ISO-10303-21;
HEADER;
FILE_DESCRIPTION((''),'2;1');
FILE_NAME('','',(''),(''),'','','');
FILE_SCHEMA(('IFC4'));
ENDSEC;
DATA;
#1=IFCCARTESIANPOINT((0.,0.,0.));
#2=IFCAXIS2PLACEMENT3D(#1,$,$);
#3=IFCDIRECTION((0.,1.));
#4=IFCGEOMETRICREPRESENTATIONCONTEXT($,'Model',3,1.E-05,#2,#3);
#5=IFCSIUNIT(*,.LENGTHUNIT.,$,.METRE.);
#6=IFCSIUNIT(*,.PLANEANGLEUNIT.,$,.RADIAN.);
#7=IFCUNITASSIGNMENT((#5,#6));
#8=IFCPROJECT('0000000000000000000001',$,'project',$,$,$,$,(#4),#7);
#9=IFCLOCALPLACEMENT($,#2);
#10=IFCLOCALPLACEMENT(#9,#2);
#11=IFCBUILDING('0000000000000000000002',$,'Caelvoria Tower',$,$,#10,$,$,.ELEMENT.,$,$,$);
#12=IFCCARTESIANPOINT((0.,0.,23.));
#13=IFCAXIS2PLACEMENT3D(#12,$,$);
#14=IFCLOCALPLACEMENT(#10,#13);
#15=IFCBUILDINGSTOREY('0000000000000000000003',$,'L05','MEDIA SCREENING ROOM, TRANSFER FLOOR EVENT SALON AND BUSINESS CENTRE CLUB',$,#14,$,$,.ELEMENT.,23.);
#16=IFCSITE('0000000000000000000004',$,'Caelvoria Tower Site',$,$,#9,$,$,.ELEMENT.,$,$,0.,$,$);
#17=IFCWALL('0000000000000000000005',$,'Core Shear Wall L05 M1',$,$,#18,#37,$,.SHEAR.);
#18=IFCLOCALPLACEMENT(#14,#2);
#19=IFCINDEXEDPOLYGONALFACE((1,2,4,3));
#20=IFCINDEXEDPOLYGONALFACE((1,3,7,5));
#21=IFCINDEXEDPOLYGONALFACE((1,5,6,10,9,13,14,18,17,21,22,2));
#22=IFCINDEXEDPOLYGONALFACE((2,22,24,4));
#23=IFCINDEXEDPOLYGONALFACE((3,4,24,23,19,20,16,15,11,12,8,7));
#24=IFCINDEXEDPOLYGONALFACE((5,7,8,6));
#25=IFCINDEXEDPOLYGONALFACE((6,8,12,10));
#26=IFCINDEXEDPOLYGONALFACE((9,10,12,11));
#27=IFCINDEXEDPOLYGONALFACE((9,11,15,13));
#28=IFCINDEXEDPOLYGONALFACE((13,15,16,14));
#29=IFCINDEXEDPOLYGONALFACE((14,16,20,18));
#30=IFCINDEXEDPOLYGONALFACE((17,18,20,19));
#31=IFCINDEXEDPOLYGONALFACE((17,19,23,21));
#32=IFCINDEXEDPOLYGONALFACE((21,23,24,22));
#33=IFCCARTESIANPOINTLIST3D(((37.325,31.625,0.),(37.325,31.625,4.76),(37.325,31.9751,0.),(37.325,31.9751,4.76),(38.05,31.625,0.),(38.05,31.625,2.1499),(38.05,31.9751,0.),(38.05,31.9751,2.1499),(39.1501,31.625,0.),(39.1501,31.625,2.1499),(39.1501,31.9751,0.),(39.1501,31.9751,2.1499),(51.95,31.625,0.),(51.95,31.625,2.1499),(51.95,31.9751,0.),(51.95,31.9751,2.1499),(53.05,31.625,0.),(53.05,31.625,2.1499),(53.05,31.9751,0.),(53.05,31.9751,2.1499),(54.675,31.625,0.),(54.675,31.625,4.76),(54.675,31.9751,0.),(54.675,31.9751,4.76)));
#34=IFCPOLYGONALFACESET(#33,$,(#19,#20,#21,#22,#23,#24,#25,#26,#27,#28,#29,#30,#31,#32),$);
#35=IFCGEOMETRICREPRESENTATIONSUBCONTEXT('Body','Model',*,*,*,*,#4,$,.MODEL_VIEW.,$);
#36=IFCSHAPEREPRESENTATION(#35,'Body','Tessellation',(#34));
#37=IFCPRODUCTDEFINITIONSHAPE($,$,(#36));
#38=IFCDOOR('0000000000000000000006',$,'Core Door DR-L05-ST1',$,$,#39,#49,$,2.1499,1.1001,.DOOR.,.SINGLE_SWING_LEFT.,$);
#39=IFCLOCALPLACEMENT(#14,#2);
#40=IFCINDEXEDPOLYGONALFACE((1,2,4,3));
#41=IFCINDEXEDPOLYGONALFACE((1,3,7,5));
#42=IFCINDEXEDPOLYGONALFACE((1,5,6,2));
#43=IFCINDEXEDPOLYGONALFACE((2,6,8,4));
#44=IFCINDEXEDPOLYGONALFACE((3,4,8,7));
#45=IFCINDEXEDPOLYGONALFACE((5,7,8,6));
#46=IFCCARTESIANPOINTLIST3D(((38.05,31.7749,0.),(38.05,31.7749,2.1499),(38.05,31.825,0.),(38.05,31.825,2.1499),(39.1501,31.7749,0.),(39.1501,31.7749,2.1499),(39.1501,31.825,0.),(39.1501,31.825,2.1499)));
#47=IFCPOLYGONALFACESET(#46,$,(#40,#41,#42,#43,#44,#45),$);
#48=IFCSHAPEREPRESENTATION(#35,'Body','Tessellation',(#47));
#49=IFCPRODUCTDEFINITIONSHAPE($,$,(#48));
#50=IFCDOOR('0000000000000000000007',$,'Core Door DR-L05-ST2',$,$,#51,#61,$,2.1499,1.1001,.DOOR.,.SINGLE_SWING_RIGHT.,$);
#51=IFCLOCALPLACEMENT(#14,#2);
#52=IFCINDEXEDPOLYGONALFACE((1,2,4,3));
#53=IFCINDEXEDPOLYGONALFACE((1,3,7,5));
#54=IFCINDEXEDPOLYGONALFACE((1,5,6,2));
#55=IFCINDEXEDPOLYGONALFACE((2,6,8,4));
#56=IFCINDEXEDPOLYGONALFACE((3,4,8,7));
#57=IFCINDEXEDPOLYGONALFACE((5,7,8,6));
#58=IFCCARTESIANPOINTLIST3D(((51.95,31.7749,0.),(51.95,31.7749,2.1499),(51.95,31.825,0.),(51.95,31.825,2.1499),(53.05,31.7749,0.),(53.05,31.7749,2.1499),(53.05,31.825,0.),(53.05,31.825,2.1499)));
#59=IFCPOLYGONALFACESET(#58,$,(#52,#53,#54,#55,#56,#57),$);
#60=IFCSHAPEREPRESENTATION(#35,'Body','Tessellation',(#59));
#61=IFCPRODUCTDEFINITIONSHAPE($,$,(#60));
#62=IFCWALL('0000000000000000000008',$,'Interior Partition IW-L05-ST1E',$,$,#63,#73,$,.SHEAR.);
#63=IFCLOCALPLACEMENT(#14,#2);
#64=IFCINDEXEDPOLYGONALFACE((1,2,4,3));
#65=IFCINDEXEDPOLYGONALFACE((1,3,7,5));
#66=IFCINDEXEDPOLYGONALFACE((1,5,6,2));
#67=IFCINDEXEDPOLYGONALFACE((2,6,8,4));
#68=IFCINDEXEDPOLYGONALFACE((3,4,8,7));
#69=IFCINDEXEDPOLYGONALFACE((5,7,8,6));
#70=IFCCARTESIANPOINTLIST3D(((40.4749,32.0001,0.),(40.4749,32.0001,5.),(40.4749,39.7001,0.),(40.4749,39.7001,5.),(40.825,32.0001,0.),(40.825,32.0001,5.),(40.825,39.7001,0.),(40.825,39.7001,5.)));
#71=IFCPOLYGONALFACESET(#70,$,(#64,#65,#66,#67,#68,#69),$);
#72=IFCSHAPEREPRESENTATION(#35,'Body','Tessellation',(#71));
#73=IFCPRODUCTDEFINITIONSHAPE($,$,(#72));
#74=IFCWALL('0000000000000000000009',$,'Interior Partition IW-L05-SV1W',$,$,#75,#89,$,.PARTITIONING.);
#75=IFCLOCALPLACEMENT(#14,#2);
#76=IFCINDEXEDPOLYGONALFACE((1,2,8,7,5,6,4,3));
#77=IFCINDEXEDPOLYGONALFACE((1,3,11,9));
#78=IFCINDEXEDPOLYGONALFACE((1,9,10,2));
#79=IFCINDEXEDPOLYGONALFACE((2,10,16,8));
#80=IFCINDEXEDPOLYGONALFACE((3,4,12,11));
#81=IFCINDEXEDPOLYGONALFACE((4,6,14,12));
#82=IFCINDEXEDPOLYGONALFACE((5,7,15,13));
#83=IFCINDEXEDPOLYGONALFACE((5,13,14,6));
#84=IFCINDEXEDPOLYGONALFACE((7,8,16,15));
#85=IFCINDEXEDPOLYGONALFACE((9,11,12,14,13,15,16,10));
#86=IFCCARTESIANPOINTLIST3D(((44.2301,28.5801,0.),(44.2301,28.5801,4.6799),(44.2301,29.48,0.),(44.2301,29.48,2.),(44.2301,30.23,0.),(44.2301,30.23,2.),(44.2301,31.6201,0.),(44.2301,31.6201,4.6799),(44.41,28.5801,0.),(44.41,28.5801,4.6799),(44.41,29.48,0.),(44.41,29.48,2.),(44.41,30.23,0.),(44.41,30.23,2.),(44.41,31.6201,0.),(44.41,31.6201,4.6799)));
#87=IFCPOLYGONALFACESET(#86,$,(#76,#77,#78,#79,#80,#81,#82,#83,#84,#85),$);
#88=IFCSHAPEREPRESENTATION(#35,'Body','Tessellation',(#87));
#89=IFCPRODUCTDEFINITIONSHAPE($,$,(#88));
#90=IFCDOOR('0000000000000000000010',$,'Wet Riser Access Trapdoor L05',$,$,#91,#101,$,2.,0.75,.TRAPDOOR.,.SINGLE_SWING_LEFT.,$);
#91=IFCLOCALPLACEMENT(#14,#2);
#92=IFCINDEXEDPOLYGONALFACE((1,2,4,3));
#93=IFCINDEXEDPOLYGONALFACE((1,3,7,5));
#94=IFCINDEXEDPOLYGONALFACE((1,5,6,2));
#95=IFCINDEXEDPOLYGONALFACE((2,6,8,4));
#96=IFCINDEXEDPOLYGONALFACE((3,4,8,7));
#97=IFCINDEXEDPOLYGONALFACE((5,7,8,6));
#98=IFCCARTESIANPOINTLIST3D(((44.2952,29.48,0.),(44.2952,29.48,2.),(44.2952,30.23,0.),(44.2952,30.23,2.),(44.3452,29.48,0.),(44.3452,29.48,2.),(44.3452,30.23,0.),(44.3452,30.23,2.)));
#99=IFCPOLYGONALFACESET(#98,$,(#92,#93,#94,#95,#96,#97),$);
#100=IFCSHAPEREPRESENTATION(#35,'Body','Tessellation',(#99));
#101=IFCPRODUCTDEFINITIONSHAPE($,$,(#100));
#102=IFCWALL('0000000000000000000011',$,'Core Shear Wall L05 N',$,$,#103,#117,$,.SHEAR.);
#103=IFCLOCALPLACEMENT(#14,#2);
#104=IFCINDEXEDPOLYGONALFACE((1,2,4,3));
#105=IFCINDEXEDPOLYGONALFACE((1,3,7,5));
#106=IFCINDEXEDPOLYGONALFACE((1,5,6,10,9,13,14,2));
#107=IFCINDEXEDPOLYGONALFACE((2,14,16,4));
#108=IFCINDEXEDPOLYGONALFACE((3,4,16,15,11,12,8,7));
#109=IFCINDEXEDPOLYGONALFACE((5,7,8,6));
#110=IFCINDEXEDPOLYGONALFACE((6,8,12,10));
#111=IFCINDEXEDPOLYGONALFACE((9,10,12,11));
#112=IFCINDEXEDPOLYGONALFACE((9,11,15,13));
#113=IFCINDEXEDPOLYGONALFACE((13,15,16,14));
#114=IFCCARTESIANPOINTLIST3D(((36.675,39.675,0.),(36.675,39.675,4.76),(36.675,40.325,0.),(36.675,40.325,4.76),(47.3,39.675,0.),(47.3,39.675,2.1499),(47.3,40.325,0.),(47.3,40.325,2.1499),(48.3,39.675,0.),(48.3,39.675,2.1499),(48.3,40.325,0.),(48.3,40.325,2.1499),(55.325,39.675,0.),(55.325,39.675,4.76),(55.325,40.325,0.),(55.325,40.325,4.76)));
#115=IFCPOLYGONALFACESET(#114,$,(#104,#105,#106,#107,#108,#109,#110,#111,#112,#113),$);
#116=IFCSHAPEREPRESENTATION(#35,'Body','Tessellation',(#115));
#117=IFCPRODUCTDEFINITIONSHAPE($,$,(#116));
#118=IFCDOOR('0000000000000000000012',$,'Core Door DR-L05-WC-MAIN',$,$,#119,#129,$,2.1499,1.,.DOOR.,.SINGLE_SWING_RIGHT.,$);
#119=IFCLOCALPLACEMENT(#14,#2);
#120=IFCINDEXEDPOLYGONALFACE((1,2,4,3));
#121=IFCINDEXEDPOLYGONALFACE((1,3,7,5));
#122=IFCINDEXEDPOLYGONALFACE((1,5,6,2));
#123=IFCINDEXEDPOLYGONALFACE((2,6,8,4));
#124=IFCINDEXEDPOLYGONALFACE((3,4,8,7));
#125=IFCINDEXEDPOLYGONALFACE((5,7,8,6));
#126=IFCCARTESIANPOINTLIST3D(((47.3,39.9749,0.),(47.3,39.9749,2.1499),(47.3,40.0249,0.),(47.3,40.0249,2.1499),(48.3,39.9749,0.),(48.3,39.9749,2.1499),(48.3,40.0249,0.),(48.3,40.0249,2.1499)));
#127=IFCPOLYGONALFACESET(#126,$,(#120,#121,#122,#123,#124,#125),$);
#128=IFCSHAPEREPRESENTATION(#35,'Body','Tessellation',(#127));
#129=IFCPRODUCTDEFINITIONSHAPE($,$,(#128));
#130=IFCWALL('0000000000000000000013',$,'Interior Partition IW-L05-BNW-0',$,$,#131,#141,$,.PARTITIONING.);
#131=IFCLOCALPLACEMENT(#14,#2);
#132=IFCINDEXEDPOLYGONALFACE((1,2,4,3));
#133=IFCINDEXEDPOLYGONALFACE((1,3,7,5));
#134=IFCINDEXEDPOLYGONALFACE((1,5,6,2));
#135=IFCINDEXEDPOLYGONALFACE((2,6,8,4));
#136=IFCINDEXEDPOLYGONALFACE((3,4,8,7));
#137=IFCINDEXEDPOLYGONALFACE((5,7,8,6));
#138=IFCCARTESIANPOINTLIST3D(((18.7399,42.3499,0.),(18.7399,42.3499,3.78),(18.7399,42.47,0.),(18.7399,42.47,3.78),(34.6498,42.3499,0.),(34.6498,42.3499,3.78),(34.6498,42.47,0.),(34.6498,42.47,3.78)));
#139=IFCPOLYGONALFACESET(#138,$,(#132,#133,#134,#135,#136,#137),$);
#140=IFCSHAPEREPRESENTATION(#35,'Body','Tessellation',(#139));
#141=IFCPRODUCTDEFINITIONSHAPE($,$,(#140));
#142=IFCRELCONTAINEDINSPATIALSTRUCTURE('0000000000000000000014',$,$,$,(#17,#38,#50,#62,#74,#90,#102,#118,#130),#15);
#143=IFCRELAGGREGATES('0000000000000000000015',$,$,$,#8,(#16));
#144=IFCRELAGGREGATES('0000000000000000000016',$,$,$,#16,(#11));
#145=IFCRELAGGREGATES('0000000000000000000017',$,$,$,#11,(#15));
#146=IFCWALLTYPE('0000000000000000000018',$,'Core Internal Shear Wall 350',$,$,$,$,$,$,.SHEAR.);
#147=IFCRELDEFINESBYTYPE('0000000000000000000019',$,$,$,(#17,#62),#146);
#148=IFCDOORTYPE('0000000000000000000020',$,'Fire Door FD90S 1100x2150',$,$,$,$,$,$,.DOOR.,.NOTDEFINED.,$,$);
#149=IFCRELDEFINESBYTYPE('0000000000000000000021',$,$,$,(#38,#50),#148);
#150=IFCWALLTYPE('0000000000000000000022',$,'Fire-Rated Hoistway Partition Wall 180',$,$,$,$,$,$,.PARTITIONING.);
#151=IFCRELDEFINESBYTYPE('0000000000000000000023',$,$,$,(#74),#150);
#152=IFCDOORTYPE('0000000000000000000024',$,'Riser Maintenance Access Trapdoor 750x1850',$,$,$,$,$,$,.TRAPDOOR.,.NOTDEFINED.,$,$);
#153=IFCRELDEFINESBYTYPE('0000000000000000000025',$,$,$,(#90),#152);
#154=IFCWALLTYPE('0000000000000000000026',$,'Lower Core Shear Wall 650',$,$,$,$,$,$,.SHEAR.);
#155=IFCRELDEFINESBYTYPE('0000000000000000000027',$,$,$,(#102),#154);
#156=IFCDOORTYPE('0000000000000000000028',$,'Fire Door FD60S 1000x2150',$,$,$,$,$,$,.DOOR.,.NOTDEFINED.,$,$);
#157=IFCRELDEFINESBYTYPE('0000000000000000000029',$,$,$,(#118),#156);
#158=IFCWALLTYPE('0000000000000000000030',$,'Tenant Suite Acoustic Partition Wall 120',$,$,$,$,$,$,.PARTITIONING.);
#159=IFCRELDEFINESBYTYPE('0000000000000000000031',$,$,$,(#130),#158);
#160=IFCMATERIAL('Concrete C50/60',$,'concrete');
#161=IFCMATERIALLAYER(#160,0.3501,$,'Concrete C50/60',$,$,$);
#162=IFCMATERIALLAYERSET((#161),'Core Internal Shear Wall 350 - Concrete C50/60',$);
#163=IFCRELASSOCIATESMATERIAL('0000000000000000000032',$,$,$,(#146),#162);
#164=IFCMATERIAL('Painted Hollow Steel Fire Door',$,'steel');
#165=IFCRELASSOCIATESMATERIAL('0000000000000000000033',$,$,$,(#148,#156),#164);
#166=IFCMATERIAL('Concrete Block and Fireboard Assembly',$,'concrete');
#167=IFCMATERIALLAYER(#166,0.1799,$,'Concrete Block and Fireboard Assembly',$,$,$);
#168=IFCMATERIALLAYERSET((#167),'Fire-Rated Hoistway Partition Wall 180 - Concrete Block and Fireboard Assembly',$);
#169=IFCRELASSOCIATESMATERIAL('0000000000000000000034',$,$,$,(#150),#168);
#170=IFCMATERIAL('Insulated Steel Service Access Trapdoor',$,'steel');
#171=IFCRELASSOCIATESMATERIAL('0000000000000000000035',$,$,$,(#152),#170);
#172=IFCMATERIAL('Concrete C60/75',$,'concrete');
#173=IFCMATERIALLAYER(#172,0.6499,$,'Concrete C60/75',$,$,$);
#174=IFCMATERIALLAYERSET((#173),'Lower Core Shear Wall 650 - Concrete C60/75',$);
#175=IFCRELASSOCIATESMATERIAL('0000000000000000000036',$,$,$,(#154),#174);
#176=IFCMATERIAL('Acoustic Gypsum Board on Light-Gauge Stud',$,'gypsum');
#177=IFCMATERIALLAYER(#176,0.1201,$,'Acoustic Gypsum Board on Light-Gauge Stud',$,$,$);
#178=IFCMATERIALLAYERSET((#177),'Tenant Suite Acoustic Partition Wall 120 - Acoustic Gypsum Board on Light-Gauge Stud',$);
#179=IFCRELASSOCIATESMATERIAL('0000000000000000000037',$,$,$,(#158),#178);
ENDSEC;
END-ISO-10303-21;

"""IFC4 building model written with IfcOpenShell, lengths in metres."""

from ifc_helpers import new_model, si_unit, direction, frame, frame_2d, origin, place, context, subcontext, project, spatial, rectangle, extrude, material, layer, layer_set, type_object, element, fill, save


model = new_model("IFC4")

# Units and contexts
model_context = context("Model", 3, precision=1e-05, world=origin(), true_north=direction((0.0, 1.0)))
body_context = subcontext(model_context, "Body", "Model", "MODEL_VIEW")
ifc_project = project(units=[si_unit("LENGTHUNIT", "METRE"), si_unit("PLANEANGLEUNIT", "RADIAN")], contexts=[model_context])

# Site, building, storey
site_placement = place(None, origin())
site = spatial("IfcSite", under=ifc_project, at=site_placement, Name="Caelvoria Tower Site", CompositionType="ELEMENT", RefElevation=0.0)
building_placement = place(site_placement, origin())
building = spatial("IfcBuilding", under=site, at=building_placement, Name="Caelvoria Tower", CompositionType="ELEMENT")
storey_placement = place(building_placement, frame((0.0, 0.0, 23.0)))
storey = spatial("IfcBuildingStorey", under=building, at=storey_placement, Name="L05", Description="MEDIA SCREENING ROOM, TRANSFER FLOOR EVENT SALON AND BUSINESS CENTRE CLUB", CompositionType="ELEMENT", Elevation=23.0)

# Wall, openings, doors
ifc_material_1 = material(Name="Concrete C50/60", Category="concrete")
ifc_layer_1 = layer(ifc_material_1, 0.3501, Name="Concrete C50/60")
ifc_layer_set_1 = layer_set([ifc_layer_1], Name="Core Internal Shear Wall 350 - Concrete C50/60")
wall_type_1 = type_object("IfcWallType", Name="Core Internal Shear Wall 350", PredefinedType="SHEAR", material=ifc_layer_set_1)
wall_1_placement = place(storey_placement, frame((37.325, 31.8, 0.0), z_axis=(0.0, 0.0, 1.0), x_axis=(1.0, 0.0, 0.0)))
wall_1 = element("IfcWall", 1, at=wall_1_placement, inside=storey, type_object=wall_type_1, Name="Core Shear Wall L05 M1", PredefinedType="SHEAR", context=body_context, shape_type="SweptSolid", body=[
    extrude(rectangle(XDim=17.3501, YDim=0.3501, at=frame_2d((8.675, 0.0))), origin(), (0.0, 0.0, 1.0), 4.76),
])
opening_1_placement = place(wall_1_placement, frame((0.7251, 0.0, 0.0)))
opening_1 = element("IfcOpeningElement", 2, at=opening_1_placement, cuts=wall_1, PredefinedType="OPENING", context=body_context, shape_type="SweptSolid", body=[
    extrude(rectangle(XDim=1.1001, YDim=2.1499, at=frame_2d((0.55, 1.075))), frame((0.0, 0.1851, 0.0), z_axis=(0.0, -1.0, 0.0), x_axis=(1.0, 0.0, 0.0)), (0.0, 0.0, 1.0), 0.3701),
])
opening_2_placement = place(wall_1_placement, frame((14.625, 0.0, 0.0)))
opening_2 = element("IfcOpeningElement", 3, at=opening_2_placement, cuts=wall_1, PredefinedType="OPENING", context=body_context, shape_type="SweptSolid", body=[
    extrude(rectangle(XDim=1.1001, YDim=2.1499, at=frame_2d((0.55, 1.075))), frame((0.0, 0.1851, 0.0), z_axis=(0.0, -1.0, 0.0), x_axis=(1.0, 0.0, 0.0)), (0.0, 0.0, 1.0), 0.3701),
])
ifc_material_2 = material(Name="Painted Hollow Steel Fire Door", Category="steel")
door_type_1 = type_object("IfcDoorType", Name="Fire Door FD90S 1100x2150", OperationType="NOTDEFINED", PredefinedType="DOOR", material=ifc_material_2)
door_1_placement = place(opening_1_placement, origin())
door_1 = element("IfcDoor", 4, at=door_1_placement, inside=storey, type_object=door_type_1, Name="Core Door DR-L05-ST1", OperationType="SINGLE_SWING_LEFT", OverallHeight=2.1499, OverallWidth=1.1001, PredefinedType="DOOR", context=body_context, shape_type="SweptSolid", body=[
    extrude(rectangle(XDim=1.1001, YDim=2.1499, at=frame_2d((0.55, 1.075))), frame((0.0, 0.0249, 0.0), z_axis=(0.0, -1.0, 0.0), x_axis=(1.0, 0.0, 0.0)), (0.0, 0.0, 1.0), 0.05),
])
fill(opening_1, door_1)
door_2_placement = place(opening_2_placement, origin())
door_2 = element("IfcDoor", 5, at=door_2_placement, inside=storey, type_object=door_type_1, Name="Core Door DR-L05-ST2", OperationType="SINGLE_SWING_RIGHT", OverallHeight=2.1499, OverallWidth=1.1001, PredefinedType="DOOR", context=body_context, shape_type="SweptSolid", body=[
    extrude(rectangle(XDim=1.1001, YDim=2.1499, at=frame_2d((0.55, 1.075))), frame((0.0, 0.0249, 0.0), z_axis=(0.0, -1.0, 0.0), x_axis=(1.0, 0.0, 0.0)), (0.0, 0.0, 1.0), 0.05),
])
fill(opening_2, door_2)

# Wall
wall_2_placement = place(storey_placement, frame((40.6499, 32.0, 0.0), z_axis=(0.0, 0.0, 1.0), x_axis=(0.0, 1.0, 0.0)))
element("IfcWall", 6, at=wall_2_placement, inside=storey, type_object=wall_type_1, Name="Interior Partition IW-L05-ST1E", PredefinedType="SHEAR", context=body_context, shape_type="SweptSolid", body=[
    extrude(rectangle(XDim=7.7, YDim=0.3501, at=frame_2d((3.8501, 0.0))), origin(), (0.0, 0.0, 1.0), 5.0),
])

# Walls, openings, doors
ifc_material_3 = material(Name="Concrete Block and Fireboard Assembly", Category="concrete")
ifc_layer_2 = layer(ifc_material_3, 0.1799, Name="Concrete Block and Fireboard Assembly")
ifc_layer_set_2 = layer_set([ifc_layer_2], Name="Fire-Rated Hoistway Partition Wall 180 - Concrete Block and Fireboard Assembly")
wall_type_2 = type_object("IfcWallType", Name="Fire-Rated Hoistway Partition Wall 180", PredefinedType="PARTITIONING", material=ifc_layer_set_2)
wall_3_placement = place(storey_placement, frame((44.3201, 28.5801, 0.0), z_axis=(0.0, 0.0, 1.0), x_axis=(0.0, 1.0, 0.0)))
wall_3 = element("IfcWall", 7, at=wall_3_placement, inside=storey, type_object=wall_type_2, Name="Interior Partition IW-L05-SV1W", PredefinedType="PARTITIONING", context=body_context, shape_type="SweptSolid", body=[
    extrude(rectangle(XDim=3.04, YDim=0.1799, at=frame_2d((1.52, 0.0))), origin(), (0.0, 0.0, 1.0), 4.6799),
])
opening_3_placement = place(wall_3_placement, frame((0.8999, 0.0, 0.0)))
opening_3 = element("IfcOpeningElement", 8, at=opening_3_placement, cuts=wall_3, PredefinedType="OPENING", context=body_context, shape_type="SweptSolid", body=[
    extrude(rectangle(XDim=0.75, YDim=2.0, at=frame_2d((0.375, 1.0))), frame((0.0, 0.0999, 0.0), z_axis=(0.0, -1.0, 0.0), x_axis=(1.0, 0.0, 0.0)), (0.0, 0.0, 1.0), 0.2),
])
ifc_material_4 = material(Name="Insulated Steel Service Access Trapdoor", Category="steel")
door_type_2 = type_object("IfcDoorType", Name="Riser Maintenance Access Trapdoor 750x1850", OperationType="NOTDEFINED", PredefinedType="TRAPDOOR", material=ifc_material_4)
door_3_placement = place(opening_3_placement, origin())
door_3 = element("IfcDoor", 9, at=door_3_placement, inside=storey, type_object=door_type_2, Name="Wet Riser Access Trapdoor L05", OperationType="SINGLE_SWING_LEFT", OverallHeight=2.0, OverallWidth=0.75, PredefinedType="TRAPDOOR", context=body_context, shape_type="SweptSolid", body=[
    extrude(rectangle(XDim=0.75, YDim=2.0, at=frame_2d((0.375, 1.0))), frame((0.0, 0.0249, 0.0), z_axis=(0.0, -1.0, 0.0), x_axis=(1.0, 0.0, 0.0)), (0.0, 0.0, 1.0), 0.05),
])
fill(opening_3, door_3)
ifc_material_5 = material(Name="Concrete C60/75", Category="concrete")
ifc_layer_3 = layer(ifc_material_5, 0.6499, Name="Concrete C60/75")
ifc_layer_set_3 = layer_set([ifc_layer_3], Name="Lower Core Shear Wall 650 - Concrete C60/75")
wall_type_3 = type_object("IfcWallType", Name="Lower Core Shear Wall 650", PredefinedType="SHEAR", material=ifc_layer_set_3)
wall_4_placement = place(storey_placement, frame((36.675, 40.0, 0.0), z_axis=(0.0, 0.0, 1.0), x_axis=(1.0, 0.0, 0.0)))
wall_4 = element("IfcWall", 10, at=wall_4_placement, inside=storey, type_object=wall_type_3, Name="Core Shear Wall L05 N", PredefinedType="SHEAR", context=body_context, shape_type="SweptSolid", body=[
    extrude(rectangle(XDim=18.6499, YDim=0.6499, at=frame_2d((9.325, 0.0))), origin(), (0.0, 0.0, 1.0), 4.76),
])
opening_4_placement = place(wall_4_placement, frame((10.625, 0.0, 0.0)))
opening_4 = element("IfcOpeningElement", 11, at=opening_4_placement, cuts=wall_4, PredefinedType="OPENING", context=body_context, shape_type="SweptSolid", body=[
    extrude(rectangle(XDim=1.0, YDim=2.1499, at=frame_2d((0.5, 1.075))), frame((0.0, 0.335, 0.0), z_axis=(0.0, -1.0, 0.0), x_axis=(1.0, 0.0, 0.0)), (0.0, 0.0, 1.0), 0.6699),
])
door_type_3 = type_object("IfcDoorType", Name="Fire Door FD60S 1000x2150", OperationType="NOTDEFINED", PredefinedType="DOOR", material=ifc_material_2)
door_4_placement = place(opening_4_placement, origin())
door_4 = element("IfcDoor", 12, at=door_4_placement, inside=storey, type_object=door_type_3, Name="Core Door DR-L05-WC-MAIN", OperationType="SINGLE_SWING_RIGHT", OverallHeight=2.1499, OverallWidth=1.0, PredefinedType="DOOR", context=body_context, shape_type="SweptSolid", body=[
    extrude(rectangle(XDim=1.0, YDim=2.1499, at=frame_2d((0.5, 1.075))), frame((0.0, 0.0249, 0.0), z_axis=(0.0, -1.0, 0.0), x_axis=(1.0, 0.0, 0.0)), (0.0, 0.0, 1.0), 0.05),
])
fill(opening_4, door_4)

# Wall
ifc_material_6 = material(Name="Acoustic Gypsum Board on Light-Gauge Stud", Category="gypsum")
ifc_layer_4 = layer(ifc_material_6, 0.1201, Name="Acoustic Gypsum Board on Light-Gauge Stud")
ifc_layer_set_4 = layer_set([ifc_layer_4], Name="Tenant Suite Acoustic Partition Wall 120 - Acoustic Gypsum Board on Light-Gauge Stud")
wall_type_4 = type_object("IfcWallType", Name="Tenant Suite Acoustic Partition Wall 120", PredefinedType="PARTITIONING", material=ifc_layer_set_4)
wall_5_placement = place(storey_placement, frame((34.6499, 42.4099, 0.0), z_axis=(0.0, 0.0, 1.0), x_axis=(-1.0, 0.0, 0.0)))
element("IfcWall", 13, at=wall_5_placement, inside=storey, type_object=wall_type_4, Name="Interior Partition IW-L05-BNW-0", PredefinedType="PARTITIONING", context=body_context, shape_type="SweptSolid", body=[
    extrude(rectangle(XDim=15.9099, YDim=0.1201, at=frame_2d((7.9551, 0.0))), origin(), (0.0, 0.0, 1.0), 3.78),
])

save(model, "model.ifc")
